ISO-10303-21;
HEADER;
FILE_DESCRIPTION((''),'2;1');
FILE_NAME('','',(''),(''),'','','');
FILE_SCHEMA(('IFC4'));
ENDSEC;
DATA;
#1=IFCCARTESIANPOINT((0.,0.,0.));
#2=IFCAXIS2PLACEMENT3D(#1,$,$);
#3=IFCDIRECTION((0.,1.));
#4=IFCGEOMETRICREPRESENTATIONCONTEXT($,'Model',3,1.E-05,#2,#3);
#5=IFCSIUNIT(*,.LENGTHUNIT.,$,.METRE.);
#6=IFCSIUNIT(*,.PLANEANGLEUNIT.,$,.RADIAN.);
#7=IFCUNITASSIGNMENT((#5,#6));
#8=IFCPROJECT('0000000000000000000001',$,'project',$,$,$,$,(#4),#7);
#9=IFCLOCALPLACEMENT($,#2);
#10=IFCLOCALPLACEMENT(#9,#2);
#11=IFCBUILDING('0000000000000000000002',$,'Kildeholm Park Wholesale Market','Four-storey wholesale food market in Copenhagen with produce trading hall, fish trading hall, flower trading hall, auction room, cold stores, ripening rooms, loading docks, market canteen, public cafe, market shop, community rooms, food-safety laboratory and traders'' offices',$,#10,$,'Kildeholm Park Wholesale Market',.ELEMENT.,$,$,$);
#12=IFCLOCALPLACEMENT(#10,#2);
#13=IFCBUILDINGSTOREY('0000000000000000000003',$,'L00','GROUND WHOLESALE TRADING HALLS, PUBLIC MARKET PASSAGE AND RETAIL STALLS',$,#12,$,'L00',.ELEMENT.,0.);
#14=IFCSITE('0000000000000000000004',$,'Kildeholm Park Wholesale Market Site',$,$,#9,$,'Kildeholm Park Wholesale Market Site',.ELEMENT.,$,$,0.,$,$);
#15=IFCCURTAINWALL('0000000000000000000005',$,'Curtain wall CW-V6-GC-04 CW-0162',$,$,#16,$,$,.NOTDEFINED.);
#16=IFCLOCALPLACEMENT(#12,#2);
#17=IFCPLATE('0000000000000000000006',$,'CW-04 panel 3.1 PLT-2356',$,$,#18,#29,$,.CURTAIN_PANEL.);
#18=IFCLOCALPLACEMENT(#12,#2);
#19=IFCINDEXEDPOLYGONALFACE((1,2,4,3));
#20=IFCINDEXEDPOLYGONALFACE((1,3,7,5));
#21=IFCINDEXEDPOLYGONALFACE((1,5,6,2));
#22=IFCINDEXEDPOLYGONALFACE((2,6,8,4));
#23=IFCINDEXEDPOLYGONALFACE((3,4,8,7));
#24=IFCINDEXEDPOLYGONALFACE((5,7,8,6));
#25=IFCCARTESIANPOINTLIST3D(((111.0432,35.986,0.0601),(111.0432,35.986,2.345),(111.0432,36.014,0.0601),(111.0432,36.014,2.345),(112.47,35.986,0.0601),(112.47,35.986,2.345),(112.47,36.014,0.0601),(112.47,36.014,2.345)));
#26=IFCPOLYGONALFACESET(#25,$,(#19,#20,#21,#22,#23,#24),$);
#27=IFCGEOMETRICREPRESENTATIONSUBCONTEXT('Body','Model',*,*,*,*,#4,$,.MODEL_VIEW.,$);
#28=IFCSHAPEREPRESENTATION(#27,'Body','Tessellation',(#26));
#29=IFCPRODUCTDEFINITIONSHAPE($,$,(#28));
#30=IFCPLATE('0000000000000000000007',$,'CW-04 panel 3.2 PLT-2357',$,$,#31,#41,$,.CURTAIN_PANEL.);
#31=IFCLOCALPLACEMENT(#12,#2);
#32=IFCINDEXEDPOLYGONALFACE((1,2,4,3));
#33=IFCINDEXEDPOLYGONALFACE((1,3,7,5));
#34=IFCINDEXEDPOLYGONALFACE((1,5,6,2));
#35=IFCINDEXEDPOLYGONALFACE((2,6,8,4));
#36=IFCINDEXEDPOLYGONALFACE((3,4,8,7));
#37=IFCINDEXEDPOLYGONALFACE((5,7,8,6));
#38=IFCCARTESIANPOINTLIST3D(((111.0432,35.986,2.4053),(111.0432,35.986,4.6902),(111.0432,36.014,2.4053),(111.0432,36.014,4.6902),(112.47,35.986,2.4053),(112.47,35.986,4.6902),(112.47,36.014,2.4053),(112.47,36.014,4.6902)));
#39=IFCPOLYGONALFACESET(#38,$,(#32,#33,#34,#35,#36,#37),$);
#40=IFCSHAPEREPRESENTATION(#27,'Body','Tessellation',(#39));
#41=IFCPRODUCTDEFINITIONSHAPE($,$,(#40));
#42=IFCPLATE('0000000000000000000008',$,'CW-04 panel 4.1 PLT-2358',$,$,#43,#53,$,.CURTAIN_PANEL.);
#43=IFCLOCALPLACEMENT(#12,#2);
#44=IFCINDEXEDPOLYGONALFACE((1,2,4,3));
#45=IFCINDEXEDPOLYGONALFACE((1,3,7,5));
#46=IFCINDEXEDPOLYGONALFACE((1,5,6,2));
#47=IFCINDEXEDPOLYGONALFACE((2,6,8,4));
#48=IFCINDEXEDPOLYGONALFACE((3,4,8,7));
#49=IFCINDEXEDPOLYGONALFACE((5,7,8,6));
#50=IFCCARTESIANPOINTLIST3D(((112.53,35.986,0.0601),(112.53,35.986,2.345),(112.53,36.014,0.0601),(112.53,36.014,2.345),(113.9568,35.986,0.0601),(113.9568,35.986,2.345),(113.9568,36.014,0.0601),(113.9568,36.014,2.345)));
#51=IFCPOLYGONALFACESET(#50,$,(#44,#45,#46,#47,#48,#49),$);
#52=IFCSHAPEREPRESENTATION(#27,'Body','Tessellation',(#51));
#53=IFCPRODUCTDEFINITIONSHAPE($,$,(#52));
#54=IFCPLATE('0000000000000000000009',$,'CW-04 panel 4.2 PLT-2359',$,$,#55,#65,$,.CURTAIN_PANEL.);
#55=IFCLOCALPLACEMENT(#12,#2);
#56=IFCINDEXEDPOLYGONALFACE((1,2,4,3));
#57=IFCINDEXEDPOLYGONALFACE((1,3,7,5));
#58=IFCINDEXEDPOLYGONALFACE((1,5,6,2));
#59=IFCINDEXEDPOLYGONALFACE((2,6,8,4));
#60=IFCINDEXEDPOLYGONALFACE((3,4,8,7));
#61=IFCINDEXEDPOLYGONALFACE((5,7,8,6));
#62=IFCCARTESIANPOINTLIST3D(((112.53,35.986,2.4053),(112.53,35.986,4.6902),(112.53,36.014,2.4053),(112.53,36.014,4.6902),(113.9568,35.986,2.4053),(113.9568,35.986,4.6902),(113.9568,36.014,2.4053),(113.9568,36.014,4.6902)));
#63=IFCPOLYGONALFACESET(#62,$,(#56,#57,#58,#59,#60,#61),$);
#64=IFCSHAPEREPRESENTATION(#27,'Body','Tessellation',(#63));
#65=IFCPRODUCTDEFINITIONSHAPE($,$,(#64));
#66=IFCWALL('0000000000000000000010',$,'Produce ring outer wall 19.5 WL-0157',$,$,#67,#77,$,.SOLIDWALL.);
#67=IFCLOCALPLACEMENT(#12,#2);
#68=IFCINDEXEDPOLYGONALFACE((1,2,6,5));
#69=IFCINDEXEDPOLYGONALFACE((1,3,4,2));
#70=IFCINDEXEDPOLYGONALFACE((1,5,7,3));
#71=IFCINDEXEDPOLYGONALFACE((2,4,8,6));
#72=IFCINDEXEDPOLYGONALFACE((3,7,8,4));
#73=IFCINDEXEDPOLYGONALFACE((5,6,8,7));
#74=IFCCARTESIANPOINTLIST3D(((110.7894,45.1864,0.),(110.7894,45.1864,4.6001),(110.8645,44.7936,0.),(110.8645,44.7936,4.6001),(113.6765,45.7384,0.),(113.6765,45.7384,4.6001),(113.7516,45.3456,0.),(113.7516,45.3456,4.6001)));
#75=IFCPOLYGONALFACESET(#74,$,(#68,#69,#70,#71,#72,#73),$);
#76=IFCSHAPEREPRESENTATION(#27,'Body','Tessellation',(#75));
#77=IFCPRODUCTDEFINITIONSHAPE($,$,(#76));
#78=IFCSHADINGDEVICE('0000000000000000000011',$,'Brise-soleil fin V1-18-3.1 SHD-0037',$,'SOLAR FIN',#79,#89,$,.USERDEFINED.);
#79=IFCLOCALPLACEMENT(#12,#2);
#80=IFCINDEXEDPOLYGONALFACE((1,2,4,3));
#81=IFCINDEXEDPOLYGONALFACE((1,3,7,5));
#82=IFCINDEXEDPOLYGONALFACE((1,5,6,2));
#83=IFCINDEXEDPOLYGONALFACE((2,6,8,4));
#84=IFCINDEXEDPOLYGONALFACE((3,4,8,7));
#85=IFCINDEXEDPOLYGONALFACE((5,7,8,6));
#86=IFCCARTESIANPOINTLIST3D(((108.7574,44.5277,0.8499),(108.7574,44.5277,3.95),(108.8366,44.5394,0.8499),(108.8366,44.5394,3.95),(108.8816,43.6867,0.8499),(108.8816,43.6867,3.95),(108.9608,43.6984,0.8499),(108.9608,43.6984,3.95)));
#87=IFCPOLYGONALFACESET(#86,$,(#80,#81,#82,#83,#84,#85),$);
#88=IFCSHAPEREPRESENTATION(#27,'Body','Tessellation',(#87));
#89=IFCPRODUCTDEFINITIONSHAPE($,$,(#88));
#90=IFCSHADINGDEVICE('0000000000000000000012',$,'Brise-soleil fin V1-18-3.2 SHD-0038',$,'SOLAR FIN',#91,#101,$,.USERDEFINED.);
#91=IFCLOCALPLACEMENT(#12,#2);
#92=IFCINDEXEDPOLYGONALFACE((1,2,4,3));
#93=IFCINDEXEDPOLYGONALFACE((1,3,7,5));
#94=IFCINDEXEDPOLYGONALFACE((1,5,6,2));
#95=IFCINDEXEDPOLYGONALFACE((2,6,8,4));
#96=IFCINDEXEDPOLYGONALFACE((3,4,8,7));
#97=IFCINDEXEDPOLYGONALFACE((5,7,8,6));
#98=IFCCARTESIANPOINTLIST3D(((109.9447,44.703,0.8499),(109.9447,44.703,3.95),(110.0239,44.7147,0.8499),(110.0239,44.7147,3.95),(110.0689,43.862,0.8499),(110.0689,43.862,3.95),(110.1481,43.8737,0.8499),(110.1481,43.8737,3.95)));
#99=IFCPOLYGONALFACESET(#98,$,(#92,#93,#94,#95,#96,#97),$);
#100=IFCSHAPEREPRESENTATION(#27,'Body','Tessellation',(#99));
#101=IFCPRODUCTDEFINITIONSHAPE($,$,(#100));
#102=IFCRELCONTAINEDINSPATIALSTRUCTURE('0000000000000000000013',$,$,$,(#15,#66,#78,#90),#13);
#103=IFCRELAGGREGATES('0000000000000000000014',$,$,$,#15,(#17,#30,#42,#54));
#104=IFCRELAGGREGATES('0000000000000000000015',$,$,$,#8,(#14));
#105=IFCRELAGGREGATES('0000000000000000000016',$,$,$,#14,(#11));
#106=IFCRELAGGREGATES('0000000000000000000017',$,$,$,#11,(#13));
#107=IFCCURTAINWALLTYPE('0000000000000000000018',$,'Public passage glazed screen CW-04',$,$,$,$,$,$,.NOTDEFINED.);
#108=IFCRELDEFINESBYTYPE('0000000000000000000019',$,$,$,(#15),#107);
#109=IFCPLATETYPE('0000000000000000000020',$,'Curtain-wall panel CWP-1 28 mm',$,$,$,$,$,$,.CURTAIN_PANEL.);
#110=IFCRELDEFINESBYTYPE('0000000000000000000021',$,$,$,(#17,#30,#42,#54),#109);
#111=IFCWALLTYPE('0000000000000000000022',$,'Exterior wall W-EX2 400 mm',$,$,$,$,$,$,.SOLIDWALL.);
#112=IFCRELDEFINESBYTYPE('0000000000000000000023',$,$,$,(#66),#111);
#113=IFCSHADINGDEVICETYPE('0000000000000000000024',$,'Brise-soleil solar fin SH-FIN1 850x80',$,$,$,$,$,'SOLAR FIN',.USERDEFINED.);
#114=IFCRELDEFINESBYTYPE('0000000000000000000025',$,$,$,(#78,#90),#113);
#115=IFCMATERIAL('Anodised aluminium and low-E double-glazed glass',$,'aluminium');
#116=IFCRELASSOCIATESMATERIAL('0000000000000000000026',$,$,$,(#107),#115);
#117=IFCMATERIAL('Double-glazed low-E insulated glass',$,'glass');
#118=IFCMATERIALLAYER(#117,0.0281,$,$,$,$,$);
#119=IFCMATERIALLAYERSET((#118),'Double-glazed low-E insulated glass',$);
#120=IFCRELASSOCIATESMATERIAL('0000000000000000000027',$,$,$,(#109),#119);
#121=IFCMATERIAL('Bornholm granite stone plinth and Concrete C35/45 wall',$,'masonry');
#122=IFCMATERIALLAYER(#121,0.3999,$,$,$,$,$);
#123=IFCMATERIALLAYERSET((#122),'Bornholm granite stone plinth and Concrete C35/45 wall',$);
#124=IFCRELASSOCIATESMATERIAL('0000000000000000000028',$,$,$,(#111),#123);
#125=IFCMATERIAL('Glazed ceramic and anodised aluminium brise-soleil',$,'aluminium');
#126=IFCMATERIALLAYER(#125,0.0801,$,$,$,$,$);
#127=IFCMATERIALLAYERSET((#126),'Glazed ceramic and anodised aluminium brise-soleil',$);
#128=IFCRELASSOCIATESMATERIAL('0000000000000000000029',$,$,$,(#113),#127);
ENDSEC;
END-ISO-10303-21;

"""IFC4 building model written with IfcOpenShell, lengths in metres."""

from ifc_helpers import new_model, si_unit, direction, frame, frame_2d, origin, origin_2d, place, context, subcontext, project, spatial, rectangle, extrude, material, layer, layer_set, type_object, element, aggregate, save


model = new_model("IFC4")

# Units and contexts
model_context = context("Model", 3, precision=1e-05, world=origin(), true_north=direction((0.0, 1.0)))
body_context = subcontext(model_context, "Body", "Model", "MODEL_VIEW")
ifc_project = project(units=[si_unit("LENGTHUNIT", "METRE"), si_unit("PLANEANGLEUNIT", "RADIAN")], contexts=[model_context])

# Site, building, storey
site_placement = place(None, origin())
site = spatial("IfcSite", under=ifc_project, at=site_placement, Name="Kildeholm Park Wholesale Market Site", LongName="Kildeholm Park Wholesale Market Site", CompositionType="ELEMENT", RefElevation=0.0)
building_placement = place(site_placement, origin())
building = spatial("IfcBuilding", under=site, at=building_placement, Name="Kildeholm Park Wholesale Market", Description="Four-storey wholesale food market in Copenhagen with produce trading hall, fish trading hall, flower trading hall, auction room, cold stores, ripening rooms, loading docks, market canteen, public cafe, market shop, community rooms, food-safety laboratory and traders' offices", LongName="Kildeholm Park Wholesale Market", CompositionType="ELEMENT")
storey_placement = place(building_placement, origin())
storey = spatial("IfcBuildingStorey", under=building, at=storey_placement, Name="L00", Description="GROUND WHOLESALE TRADING HALLS, PUBLIC MARKET PASSAGE AND RETAIL STALLS", LongName="L00", CompositionType="ELEMENT", Elevation=0.0)

# Curtain wall, plates
ifc_material_1 = material(Name="Anodised aluminium and low-E double-glazed glass", Category="aluminium")
curtain_wall_type = type_object("IfcCurtainWallType", Name="Public passage glazed screen CW-04", PredefinedType="NOTDEFINED", material=ifc_material_1)
curtain_wall_placement = place(storey_placement, origin())
curtain_wall = element("IfcCurtainWall", 1, at=curtain_wall_placement, inside=storey, type_object=curtain_wall_type, Name="Curtain wall CW-V6-GC-04 CW-0162", PredefinedType="NOTDEFINED")
ifc_material_2 = material(Name="Double-glazed low-E insulated glass", Category="glass")
ifc_layer_1 = layer(ifc_material_2, 0.0281)
ifc_layer_set_1 = layer_set([ifc_layer_1], Name="Double-glazed low-E insulated glass")
plate_type = type_object("IfcPlateType", Name="Curtain-wall panel CWP-1 28 mm", PredefinedType="CURTAIN_PANEL", material=ifc_layer_set_1)
plate_1_placement = place(storey_placement, frame((111.7566, 36.0, 0.0601), z_axis=(0.0, 0.0, 1.0), x_axis=(1.0, 0.0, 0.0)))
plate_1 = element("IfcPlate", 2, at=plate_1_placement, type_object=plate_type, Name="CW-04 panel 3.1 PLT-2356", PredefinedType="CURTAIN_PANEL", context=body_context, shape_type="SweptSolid", body=[
    extrude(rectangle(XDim=1.4268, YDim=0.0281, at=origin_2d()), origin(), (0.0, 0.0, 1.0), 2.2849),
])
plate_2_placement = place(storey_placement, frame((111.7566, 36.0, 2.4053), z_axis=(0.0, 0.0, 1.0), x_axis=(1.0, 0.0, 0.0)))
plate_2 = element("IfcPlate", 3, at=plate_2_placement, type_object=plate_type, Name="CW-04 panel 3.2 PLT-2357", PredefinedType="CURTAIN_PANEL", context=body_context, shape_type="SweptSolid", body=[
    extrude(rectangle(XDim=1.4268, YDim=0.0281, at=origin_2d()), origin(), (0.0, 0.0, 1.0), 2.2849),
])
plate_3_placement = place(storey_placement, frame((113.2434, 36.0, 0.0601), z_axis=(0.0, 0.0, 1.0), x_axis=(1.0, 0.0, 0.0)))
plate_3 = element("IfcPlate", 4, at=plate_3_placement, type_object=plate_type, Name="CW-04 panel 4.1 PLT-2358", PredefinedType="CURTAIN_PANEL", context=body_context, shape_type="SweptSolid", body=[
    extrude(rectangle(XDim=1.4268, YDim=0.0281, at=origin_2d()), origin(), (0.0, 0.0, 1.0), 2.2849),
])
plate_4_placement = place(storey_placement, frame((113.2434, 36.0, 2.4053), z_axis=(0.0, 0.0, 1.0), x_axis=(1.0, 0.0, 0.0)))
plate_4 = element("IfcPlate", 5, at=plate_4_placement, type_object=plate_type, Name="CW-04 panel 4.2 PLT-2359", PredefinedType="CURTAIN_PANEL", context=body_context, shape_type="SweptSolid", body=[
    extrude(rectangle(XDim=1.4268, YDim=0.0281, at=origin_2d()), origin(), (0.0, 0.0, 1.0), 2.2849),
])
aggregate(curtain_wall, [plate_1, plate_2, plate_3, plate_4])

# Wall
ifc_material_3 = material(Name="Bornholm granite stone plinth and Concrete C35/45 wall", Category="masonry")
ifc_layer_2 = layer(ifc_material_3, 0.3999)
ifc_layer_set_2 = layer_set([ifc_layer_2], Name="Bornholm granite stone plinth and Concrete C35/45 wall")
wall_type = type_object("IfcWallType", Name="Exterior wall W-EX2 400 mm", PredefinedType="SOLIDWALL", material=ifc_layer_set_2)
wall_placement = place(storey_placement, frame((110.8269, 44.99, 0.0), z_axis=(0.0, 0.0, 1.0), x_axis=(0.98221, 0.187788, 0.0)))
element("IfcWall", 6, at=wall_placement, inside=storey, type_object=wall_type, Name="Produce ring outer wall 19.5 WL-0157", PredefinedType="SOLIDWALL", context=body_context, shape_type="SweptSolid", body=[
    extrude(rectangle(XDim=2.9395, YDim=0.3999, at=frame_2d((1.4697, 0.0))), origin(), (0.0, 0.0, 1.0), 4.6001),
])

# Shading devices
ifc_material_4 = material(Name="Glazed ceramic and anodised aluminium brise-soleil", Category="aluminium")
ifc_layer_3 = layer(ifc_material_4, 0.0801)
ifc_layer_set_3 = layer_set([ifc_layer_3], Name="Glazed ceramic and anodised aluminium brise-soleil")
shading_device_type = type_object("IfcShadingDeviceType", Name="Brise-soleil solar fin SH-FIN1 850x80", ElementType="SOLAR FIN", PredefinedType="USERDEFINED", material=ifc_layer_set_3)
for number, where, z_axis, x_axis, name in (
    (7, (108.8591, 44.113, 0.8499), (0.0, 0.0, 1.0), (0.146118, -0.989267, 0.0), "Brise-soleil fin V1-18-3.1 SHD-0037"),
    (8, (110.0464, 44.2883, 0.8499), (0.0, 0.0, 1.0), (0.146118, -0.989267, 0.0), "Brise-soleil fin V1-18-3.2 SHD-0038"),
):
    element("IfcShadingDevice", number, at=place(storey_placement, frame(where, z_axis=z_axis, x_axis=x_axis)), inside=storey, type_object=shading_device_type, Name=name, ObjectType="SOLAR FIN", PredefinedType="USERDEFINED", context=body_context, shape_type="SweptSolid", body=[
        extrude(rectangle(XDim=0.8501, YDim=0.0801, at=origin_2d()), origin(), (0.0, 0.0, 1.0), 3.1001),
    ])

save(model, "model.ifc")
